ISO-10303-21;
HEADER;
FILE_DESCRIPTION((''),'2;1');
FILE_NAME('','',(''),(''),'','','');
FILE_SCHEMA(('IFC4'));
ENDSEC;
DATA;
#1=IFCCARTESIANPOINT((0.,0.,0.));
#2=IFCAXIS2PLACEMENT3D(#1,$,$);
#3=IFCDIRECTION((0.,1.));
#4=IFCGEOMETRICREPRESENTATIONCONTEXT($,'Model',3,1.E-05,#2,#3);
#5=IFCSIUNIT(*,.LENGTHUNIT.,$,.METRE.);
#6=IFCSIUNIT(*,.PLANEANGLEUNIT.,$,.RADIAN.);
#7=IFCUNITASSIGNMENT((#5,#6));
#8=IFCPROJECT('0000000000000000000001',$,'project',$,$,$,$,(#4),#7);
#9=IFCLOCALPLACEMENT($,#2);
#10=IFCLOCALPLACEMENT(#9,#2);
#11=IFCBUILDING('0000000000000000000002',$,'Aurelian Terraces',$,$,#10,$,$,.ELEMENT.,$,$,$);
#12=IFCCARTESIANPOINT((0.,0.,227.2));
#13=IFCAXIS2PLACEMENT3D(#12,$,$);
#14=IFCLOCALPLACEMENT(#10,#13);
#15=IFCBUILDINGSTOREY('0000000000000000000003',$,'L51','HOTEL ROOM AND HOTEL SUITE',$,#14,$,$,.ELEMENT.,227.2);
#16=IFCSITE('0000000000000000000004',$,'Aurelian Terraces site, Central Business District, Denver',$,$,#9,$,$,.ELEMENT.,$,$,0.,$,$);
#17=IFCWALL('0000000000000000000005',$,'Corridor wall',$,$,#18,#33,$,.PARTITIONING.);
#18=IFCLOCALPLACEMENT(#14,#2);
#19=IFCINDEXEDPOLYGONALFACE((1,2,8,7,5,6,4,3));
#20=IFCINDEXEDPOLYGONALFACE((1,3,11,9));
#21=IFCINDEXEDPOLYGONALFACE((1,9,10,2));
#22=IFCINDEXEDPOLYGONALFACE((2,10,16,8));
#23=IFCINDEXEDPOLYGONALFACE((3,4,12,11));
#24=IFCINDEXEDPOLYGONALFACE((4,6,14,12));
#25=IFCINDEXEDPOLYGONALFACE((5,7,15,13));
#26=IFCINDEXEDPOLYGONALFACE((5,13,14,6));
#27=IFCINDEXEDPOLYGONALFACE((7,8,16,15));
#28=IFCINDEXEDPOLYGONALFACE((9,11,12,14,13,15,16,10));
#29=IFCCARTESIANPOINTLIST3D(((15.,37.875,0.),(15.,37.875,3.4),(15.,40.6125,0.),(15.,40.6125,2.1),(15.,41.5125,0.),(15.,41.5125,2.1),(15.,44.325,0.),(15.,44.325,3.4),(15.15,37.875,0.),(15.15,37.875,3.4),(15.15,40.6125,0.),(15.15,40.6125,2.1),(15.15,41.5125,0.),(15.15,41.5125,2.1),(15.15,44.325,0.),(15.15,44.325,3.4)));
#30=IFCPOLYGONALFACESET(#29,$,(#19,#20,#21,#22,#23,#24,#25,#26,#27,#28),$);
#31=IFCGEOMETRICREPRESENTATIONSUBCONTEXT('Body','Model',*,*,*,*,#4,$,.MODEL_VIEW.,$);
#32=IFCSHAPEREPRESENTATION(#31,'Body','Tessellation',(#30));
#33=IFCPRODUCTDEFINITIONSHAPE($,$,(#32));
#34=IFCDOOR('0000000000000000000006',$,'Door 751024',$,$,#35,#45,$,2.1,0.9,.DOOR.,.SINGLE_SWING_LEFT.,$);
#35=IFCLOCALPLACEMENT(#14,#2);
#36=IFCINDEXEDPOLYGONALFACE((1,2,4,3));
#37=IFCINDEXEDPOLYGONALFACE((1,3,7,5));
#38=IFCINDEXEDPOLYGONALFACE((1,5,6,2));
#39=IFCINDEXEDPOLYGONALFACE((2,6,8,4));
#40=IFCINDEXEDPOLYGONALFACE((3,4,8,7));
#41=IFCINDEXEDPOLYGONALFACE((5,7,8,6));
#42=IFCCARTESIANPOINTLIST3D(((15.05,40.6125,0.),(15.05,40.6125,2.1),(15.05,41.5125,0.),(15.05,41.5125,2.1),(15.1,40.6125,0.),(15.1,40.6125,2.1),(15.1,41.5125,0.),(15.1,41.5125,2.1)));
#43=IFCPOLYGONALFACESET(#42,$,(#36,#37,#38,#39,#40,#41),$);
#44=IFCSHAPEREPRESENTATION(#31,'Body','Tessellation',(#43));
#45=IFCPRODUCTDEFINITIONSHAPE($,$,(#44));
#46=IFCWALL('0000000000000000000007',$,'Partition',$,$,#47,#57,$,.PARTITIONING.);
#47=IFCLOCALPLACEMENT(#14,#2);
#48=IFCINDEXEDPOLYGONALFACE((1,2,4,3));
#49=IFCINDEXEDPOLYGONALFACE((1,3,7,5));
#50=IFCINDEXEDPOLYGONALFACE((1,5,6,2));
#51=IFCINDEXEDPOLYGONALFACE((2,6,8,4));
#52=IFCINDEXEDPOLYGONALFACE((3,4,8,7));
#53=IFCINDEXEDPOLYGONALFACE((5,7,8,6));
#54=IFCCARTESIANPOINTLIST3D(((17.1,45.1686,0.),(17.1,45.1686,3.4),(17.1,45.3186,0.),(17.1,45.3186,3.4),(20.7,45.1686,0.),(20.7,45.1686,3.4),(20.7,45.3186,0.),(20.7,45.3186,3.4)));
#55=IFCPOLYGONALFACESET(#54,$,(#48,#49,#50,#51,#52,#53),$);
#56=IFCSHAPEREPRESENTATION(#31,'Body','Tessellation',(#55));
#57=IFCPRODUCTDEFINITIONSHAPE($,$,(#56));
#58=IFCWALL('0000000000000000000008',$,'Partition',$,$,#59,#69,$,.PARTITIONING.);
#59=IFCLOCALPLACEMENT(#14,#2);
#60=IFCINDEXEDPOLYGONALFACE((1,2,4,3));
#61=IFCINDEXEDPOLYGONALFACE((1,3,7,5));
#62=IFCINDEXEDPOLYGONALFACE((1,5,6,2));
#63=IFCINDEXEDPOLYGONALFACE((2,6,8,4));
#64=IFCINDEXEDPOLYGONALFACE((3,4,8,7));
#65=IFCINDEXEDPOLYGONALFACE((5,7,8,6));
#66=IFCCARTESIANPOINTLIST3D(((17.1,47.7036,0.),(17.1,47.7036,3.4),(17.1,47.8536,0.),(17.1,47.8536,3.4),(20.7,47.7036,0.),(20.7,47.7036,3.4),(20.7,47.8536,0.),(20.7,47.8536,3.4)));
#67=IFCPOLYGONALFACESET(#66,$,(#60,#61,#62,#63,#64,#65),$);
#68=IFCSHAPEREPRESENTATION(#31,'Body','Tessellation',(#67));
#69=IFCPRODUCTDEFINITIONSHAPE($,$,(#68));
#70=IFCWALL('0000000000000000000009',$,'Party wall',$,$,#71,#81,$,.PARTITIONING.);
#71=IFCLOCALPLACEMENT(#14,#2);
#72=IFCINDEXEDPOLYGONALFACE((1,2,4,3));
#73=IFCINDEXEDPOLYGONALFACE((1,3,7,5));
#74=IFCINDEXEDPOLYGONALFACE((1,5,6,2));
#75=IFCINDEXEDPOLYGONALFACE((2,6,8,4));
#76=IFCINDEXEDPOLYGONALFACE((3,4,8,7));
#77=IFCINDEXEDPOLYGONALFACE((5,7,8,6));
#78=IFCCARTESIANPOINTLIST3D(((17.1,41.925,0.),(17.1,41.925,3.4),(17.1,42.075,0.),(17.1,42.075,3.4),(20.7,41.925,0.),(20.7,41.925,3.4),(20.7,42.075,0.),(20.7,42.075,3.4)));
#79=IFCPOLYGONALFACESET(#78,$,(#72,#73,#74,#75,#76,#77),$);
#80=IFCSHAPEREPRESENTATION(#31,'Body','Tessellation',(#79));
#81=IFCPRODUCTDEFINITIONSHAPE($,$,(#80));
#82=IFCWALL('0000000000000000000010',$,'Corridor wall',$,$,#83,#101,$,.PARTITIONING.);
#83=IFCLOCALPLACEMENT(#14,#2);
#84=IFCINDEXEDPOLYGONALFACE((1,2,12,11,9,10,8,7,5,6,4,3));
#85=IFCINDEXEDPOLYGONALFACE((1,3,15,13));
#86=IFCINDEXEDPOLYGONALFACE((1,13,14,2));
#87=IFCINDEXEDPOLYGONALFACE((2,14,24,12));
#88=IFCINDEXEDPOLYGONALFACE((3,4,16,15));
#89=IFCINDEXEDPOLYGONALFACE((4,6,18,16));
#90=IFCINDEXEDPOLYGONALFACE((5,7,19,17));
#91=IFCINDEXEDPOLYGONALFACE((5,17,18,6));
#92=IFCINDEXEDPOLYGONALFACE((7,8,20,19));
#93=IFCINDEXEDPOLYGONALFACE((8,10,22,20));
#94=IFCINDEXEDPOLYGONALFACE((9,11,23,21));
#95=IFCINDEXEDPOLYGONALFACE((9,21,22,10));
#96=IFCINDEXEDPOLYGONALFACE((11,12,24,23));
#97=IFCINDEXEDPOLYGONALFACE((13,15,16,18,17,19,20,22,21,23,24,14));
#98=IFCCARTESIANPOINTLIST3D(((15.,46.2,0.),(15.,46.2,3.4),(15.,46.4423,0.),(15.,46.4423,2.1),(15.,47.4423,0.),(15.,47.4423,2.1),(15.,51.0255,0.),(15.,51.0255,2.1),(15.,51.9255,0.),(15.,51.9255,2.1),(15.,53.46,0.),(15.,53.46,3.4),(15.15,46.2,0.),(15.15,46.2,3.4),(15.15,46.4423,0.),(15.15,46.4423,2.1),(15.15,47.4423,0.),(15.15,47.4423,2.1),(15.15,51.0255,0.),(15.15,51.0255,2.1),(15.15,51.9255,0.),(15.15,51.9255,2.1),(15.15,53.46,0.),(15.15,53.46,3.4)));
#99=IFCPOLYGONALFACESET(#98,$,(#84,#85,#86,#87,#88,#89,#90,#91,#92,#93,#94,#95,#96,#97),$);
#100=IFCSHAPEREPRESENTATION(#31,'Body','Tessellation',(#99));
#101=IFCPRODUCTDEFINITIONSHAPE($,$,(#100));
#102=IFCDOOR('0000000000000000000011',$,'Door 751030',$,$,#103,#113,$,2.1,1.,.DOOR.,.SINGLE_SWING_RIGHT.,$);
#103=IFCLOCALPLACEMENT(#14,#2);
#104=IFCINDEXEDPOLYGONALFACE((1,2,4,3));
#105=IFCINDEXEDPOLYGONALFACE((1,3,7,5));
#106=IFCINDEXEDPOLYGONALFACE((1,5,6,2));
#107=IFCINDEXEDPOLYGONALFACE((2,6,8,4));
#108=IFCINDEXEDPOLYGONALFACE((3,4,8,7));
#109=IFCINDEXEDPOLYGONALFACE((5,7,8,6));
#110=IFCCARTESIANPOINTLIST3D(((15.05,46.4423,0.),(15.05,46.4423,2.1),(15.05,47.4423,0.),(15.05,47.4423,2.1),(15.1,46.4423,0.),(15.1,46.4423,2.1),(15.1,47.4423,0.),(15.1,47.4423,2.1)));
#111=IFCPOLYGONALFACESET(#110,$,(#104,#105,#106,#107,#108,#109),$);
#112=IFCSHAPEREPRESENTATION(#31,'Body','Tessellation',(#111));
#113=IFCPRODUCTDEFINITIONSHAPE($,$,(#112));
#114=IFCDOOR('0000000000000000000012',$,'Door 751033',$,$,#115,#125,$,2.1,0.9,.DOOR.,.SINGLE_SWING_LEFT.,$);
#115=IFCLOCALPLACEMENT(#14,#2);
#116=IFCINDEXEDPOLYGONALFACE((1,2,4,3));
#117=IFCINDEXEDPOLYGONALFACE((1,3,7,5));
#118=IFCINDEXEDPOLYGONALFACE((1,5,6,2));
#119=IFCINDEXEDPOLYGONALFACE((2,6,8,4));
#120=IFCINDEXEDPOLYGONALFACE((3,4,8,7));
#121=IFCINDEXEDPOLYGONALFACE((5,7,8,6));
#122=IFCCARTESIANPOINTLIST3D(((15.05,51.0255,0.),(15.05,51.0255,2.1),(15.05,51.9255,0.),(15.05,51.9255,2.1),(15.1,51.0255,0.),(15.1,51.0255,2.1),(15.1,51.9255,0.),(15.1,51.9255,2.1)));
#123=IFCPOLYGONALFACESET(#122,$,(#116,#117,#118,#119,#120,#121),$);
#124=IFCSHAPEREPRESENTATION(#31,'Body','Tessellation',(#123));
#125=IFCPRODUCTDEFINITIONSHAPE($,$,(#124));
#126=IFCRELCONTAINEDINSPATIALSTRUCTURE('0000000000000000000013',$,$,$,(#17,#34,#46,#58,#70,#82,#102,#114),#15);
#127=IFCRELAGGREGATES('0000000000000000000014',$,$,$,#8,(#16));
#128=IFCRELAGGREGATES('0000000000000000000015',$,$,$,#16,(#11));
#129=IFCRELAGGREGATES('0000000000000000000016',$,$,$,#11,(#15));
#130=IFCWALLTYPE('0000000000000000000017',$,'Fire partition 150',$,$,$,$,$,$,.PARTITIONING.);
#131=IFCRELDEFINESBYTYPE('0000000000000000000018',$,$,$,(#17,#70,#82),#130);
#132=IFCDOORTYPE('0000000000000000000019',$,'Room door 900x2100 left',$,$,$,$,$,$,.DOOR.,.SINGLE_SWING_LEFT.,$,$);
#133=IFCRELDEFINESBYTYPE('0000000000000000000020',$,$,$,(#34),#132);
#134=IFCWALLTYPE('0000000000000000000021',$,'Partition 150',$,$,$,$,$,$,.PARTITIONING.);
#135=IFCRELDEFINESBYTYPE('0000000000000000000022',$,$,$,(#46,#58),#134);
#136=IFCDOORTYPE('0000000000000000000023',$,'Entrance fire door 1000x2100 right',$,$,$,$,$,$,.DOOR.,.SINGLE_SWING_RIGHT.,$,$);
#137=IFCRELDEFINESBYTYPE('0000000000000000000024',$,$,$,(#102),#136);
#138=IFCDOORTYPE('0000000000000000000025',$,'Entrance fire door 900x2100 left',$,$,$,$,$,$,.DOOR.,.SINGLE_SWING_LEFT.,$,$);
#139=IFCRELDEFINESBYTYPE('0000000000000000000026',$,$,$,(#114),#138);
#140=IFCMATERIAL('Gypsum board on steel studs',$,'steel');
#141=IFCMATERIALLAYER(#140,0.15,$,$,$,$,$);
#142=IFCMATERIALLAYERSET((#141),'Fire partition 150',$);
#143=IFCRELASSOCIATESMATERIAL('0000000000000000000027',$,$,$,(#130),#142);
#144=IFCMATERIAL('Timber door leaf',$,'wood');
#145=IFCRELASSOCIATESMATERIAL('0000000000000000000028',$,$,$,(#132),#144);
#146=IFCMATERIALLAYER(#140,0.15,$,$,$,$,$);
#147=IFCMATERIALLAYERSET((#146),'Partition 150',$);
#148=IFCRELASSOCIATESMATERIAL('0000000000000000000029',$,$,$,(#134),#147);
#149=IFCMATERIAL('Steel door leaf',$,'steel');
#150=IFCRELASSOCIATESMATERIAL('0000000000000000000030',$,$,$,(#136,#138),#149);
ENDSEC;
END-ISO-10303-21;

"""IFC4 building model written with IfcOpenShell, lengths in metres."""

from ifc_helpers import new_model, si_unit, direction, frame, frame_2d, origin, place, context, subcontext, project, spatial, rectangle, extrude, source, transform, mapped, material, layer, layer_set, type_object, element, fill, save


model = new_model("IFC4")

# Units and contexts
model_context = context("Model", 3, precision=1e-05, world=origin(), true_north=direction((0.0, 1.0)))
body_context = subcontext(model_context, "Body", "Model", "MODEL_VIEW")
ifc_project = project(units=[si_unit("LENGTHUNIT", "METRE"), si_unit("PLANEANGLEUNIT", "RADIAN")], contexts=[model_context])

# Site, building, storey
site_placement = place(None, origin())
site = spatial("IfcSite", under=ifc_project, at=site_placement, Name="Aurelian Terraces site, Central Business District, Denver", CompositionType="ELEMENT", RefElevation=0.0)
building_placement = place(site_placement, origin())
building = spatial("IfcBuilding", under=site, at=building_placement, Name="Aurelian Terraces", CompositionType="ELEMENT")
storey_placement = place(building_placement, frame((0.0, 0.0, 227.2)))
storey = spatial("IfcBuildingStorey", under=building, at=storey_placement, Name="L51", Description="HOTEL ROOM AND HOTEL SUITE", CompositionType="ELEMENT", Elevation=227.2)

# Wall, opening, door
ifc_material_1 = material(Name="Gypsum board on steel studs", Category="steel")
ifc_layer_1 = layer(ifc_material_1, 0.15)
ifc_layer_set_1 = layer_set([ifc_layer_1], Name="Fire partition 150")
wall_type_1 = type_object("IfcWallType", Name="Fire partition 150", PredefinedType="PARTITIONING", material=ifc_layer_set_1)
shared_shape_1 = source(origin(), body_context, "Body", "SweptSolid", [
    extrude(rectangle(XDim=6.45, YDim=0.15, at=frame_2d((3.225, 0.0))), origin(), (0.0, 0.0, 1.0), 3.4),
])
wall_1_placement = place(storey_placement, frame((15.075, 37.875, 0.0), z_axis=(0.0, 0.0, 1.0), x_axis=(0.0, 1.0, 0.0)))
wall_1 = element("IfcWall", 1, at=wall_1_placement, inside=storey, type_object=wall_type_1, Name="Corridor wall", PredefinedType="PARTITIONING", context=body_context, shape_type="MappedRepresentation", body=[
    mapped(shared_shape_1, transform((0.0, 0.0, 0.0), scale=1.0)),
])
shared_shape_2 = source(origin(), body_context, "Body", "SweptSolid", [
    extrude(rectangle(XDim=0.9, YDim=2.1, at=frame_2d((0.45, 1.05))), frame((0.0, 0.085, 0.0), z_axis=(0.0, -1.0, 0.0), x_axis=(1.0, 0.0, 0.0)), (0.0, 0.0, 1.0), 0.17),
])
opening_1_placement = place(wall_1_placement, frame((2.7375, 0.0, 0.0)))
opening_1 = element("IfcOpeningElement", 2, at=opening_1_placement, cuts=wall_1, PredefinedType="OPENING", context=body_context, shape_type="MappedRepresentation", body=[
    mapped(shared_shape_2, transform((0.0, 0.0, 0.0), scale=1.0)),
])
ifc_material_2 = material(Name="Timber door leaf", Category="wood")
door_type_1 = type_object("IfcDoorType", Name="Room door 900x2100 left", OperationType="SINGLE_SWING_LEFT", PredefinedType="DOOR", material=ifc_material_2)
shared_shape_3 = source(origin(), body_context, "Body", "SweptSolid", [
    extrude(rectangle(XDim=0.9, YDim=2.1, at=frame_2d((0.45, 1.05))), frame((0.0, 0.025, 0.0), z_axis=(0.0, -1.0, 0.0), x_axis=(1.0, 0.0, 0.0)), (0.0, 0.0, 1.0), 0.05),
])
door_1_placement = place(opening_1_placement, origin())
door_1 = element("IfcDoor", 3, at=door_1_placement, inside=storey, type_object=door_type_1, Name="Door 751024", OperationType="SINGLE_SWING_LEFT", OverallHeight=2.1, OverallWidth=0.9, PredefinedType="DOOR", context=body_context, shape_type="MappedRepresentation", body=[
    mapped(shared_shape_3, transform((0.0, 0.0, 0.0), scale=1.0)),
])
fill(opening_1, door_1)

# Walls
ifc_layer_2 = layer(ifc_material_1, 0.15)
ifc_layer_set_2 = layer_set([ifc_layer_2], Name="Partition 150")
wall_type_2 = type_object("IfcWallType", Name="Partition 150", PredefinedType="PARTITIONING", material=ifc_layer_set_2)
shared_shape_4 = source(origin(), body_context, "Body", "SweptSolid", [
    extrude(rectangle(XDim=3.6, YDim=0.15, at=frame_2d((1.8, 0.0))), origin(), (0.0, 0.0, 1.0), 3.4),
])
for number, where, z_axis, x_axis, name in (
    (4, (17.1, 45.2436, 0.0), (0.0, 0.0, 1.0), (1.0, 0.0, 0.0), "Partition"),
    (5, (17.1, 47.7786, 0.0), (0.0, 0.0, 1.0), (1.0, 0.0, 0.0), "Partition"),
):
    element("IfcWall", number, at=place(storey_placement, frame(where, z_axis=z_axis, x_axis=x_axis)), inside=storey, type_object=wall_type_2, Name=name, PredefinedType="PARTITIONING", context=body_context, shape_type="MappedRepresentation", body=[
        mapped(shared_shape_4, transform((0.0, 0.0, 0.0), scale=1.0)),
    ])
wall_2_placement = place(storey_placement, frame((20.7, 42.0, 0.0), z_axis=(0.0, 0.0, 1.0), x_axis=(-1.0, 0.0, 0.0)))
element("IfcWall", 6, at=wall_2_placement, inside=storey, type_object=wall_type_1, Name="Party wall", PredefinedType="PARTITIONING", context=body_context, shape_type="MappedRepresentation", body=[
    mapped(shared_shape_4, transform((0.0, 0.0, 0.0), scale=1.0)),
])

# Wall, openings, doors
shared_shape_5 = source(origin(), body_context, "Body", "SweptSolid", [
    extrude(rectangle(XDim=7.26, YDim=0.15, at=frame_2d((3.63, 0.0))), origin(), (0.0, 0.0, 1.0), 3.4),
])
wall_3_placement = place(storey_placement, frame((15.075, 46.2, 0.0), z_axis=(0.0, 0.0, 1.0), x_axis=(0.0, 1.0, 0.0)))
wall_3 = element("IfcWall", 7, at=wall_3_placement, inside=storey, type_object=wall_type_1, Name="Corridor wall", PredefinedType="PARTITIONING", context=body_context, shape_type="MappedRepresentation", body=[
    mapped(shared_shape_5, transform((0.0, 0.0, 0.0), scale=1.0)),
])
shared_shape_6 = source(origin(), body_context, "Body", "SweptSolid", [
    extrude(rectangle(XDim=1.0, YDim=2.1, at=frame_2d((0.5, 1.05))), frame((0.0, 0.085, 0.0), z_axis=(0.0, -1.0, 0.0), x_axis=(1.0, 0.0, 0.0)), (0.0, 0.0, 1.0), 0.17),
])
opening_2_placement = place(wall_3_placement, frame((0.2423, 0.0, 0.0)))
opening_2 = element("IfcOpeningElement", 8, at=opening_2_placement, cuts=wall_3, PredefinedType="OPENING", context=body_context, shape_type="MappedRepresentation", body=[
    mapped(shared_shape_6, transform((0.0, 0.0, 0.0), scale=1.0)),
])
opening_3_placement = place(wall_3_placement, frame((4.8255, 0.0, 0.0)))
opening_3 = element("IfcOpeningElement", 9, at=opening_3_placement, cuts=wall_3, PredefinedType="OPENING", context=body_context, shape_type="MappedRepresentation", body=[
    mapped(shared_shape_2, transform((0.0, 0.0, 0.0), scale=1.0)),
])
ifc_material_3 = material(Name="Steel door leaf", Category="steel")
door_type_2 = type_object("IfcDoorType", Name="Entrance fire door 1000x2100 right", OperationType="SINGLE_SWING_RIGHT", PredefinedType="DOOR", material=ifc_material_3)
shared_shape_7 = source(origin(), body_context, "Body", "SweptSolid", [
    extrude(rectangle(XDim=1.0, YDim=2.1, at=frame_2d((0.5, 1.05))), frame((0.0, 0.025, 0.0), z_axis=(0.0, -1.0, 0.0), x_axis=(1.0, 0.0, 0.0)), (0.0, 0.0, 1.0), 0.05),
])
door_2_placement = place(opening_2_placement, origin())
door_2 = element("IfcDoor", 10, at=door_2_placement, inside=storey, type_object=door_type_2, Name="Door 751030", OperationType="SINGLE_SWING_RIGHT", OverallHeight=2.1, OverallWidth=1.0, PredefinedType="DOOR", context=body_context, shape_type="MappedRepresentation", body=[
    mapped(shared_shape_7, transform((0.0, 0.0, 0.0), scale=1.0)),
])
fill(opening_2, door_2)
door_type_3 = type_object("IfcDoorType", Name="Entrance fire door 900x2100 left", OperationType="SINGLE_SWING_LEFT", PredefinedType="DOOR", material=ifc_material_3)
door_3_placement = place(opening_3_placement, origin())
door_3 = element("IfcDoor", 11, at=door_3_placement, inside=storey, type_object=door_type_3, Name="Door 751033", OperationType="SINGLE_SWING_LEFT", OverallHeight=2.1, OverallWidth=0.9, PredefinedType="DOOR", context=body_context, shape_type="MappedRepresentation", body=[
    mapped(shared_shape_3, transform((0.0, 0.0, 0.0), scale=1.0)),
])
fill(opening_3, door_3)

save(model, "model.ifc")
